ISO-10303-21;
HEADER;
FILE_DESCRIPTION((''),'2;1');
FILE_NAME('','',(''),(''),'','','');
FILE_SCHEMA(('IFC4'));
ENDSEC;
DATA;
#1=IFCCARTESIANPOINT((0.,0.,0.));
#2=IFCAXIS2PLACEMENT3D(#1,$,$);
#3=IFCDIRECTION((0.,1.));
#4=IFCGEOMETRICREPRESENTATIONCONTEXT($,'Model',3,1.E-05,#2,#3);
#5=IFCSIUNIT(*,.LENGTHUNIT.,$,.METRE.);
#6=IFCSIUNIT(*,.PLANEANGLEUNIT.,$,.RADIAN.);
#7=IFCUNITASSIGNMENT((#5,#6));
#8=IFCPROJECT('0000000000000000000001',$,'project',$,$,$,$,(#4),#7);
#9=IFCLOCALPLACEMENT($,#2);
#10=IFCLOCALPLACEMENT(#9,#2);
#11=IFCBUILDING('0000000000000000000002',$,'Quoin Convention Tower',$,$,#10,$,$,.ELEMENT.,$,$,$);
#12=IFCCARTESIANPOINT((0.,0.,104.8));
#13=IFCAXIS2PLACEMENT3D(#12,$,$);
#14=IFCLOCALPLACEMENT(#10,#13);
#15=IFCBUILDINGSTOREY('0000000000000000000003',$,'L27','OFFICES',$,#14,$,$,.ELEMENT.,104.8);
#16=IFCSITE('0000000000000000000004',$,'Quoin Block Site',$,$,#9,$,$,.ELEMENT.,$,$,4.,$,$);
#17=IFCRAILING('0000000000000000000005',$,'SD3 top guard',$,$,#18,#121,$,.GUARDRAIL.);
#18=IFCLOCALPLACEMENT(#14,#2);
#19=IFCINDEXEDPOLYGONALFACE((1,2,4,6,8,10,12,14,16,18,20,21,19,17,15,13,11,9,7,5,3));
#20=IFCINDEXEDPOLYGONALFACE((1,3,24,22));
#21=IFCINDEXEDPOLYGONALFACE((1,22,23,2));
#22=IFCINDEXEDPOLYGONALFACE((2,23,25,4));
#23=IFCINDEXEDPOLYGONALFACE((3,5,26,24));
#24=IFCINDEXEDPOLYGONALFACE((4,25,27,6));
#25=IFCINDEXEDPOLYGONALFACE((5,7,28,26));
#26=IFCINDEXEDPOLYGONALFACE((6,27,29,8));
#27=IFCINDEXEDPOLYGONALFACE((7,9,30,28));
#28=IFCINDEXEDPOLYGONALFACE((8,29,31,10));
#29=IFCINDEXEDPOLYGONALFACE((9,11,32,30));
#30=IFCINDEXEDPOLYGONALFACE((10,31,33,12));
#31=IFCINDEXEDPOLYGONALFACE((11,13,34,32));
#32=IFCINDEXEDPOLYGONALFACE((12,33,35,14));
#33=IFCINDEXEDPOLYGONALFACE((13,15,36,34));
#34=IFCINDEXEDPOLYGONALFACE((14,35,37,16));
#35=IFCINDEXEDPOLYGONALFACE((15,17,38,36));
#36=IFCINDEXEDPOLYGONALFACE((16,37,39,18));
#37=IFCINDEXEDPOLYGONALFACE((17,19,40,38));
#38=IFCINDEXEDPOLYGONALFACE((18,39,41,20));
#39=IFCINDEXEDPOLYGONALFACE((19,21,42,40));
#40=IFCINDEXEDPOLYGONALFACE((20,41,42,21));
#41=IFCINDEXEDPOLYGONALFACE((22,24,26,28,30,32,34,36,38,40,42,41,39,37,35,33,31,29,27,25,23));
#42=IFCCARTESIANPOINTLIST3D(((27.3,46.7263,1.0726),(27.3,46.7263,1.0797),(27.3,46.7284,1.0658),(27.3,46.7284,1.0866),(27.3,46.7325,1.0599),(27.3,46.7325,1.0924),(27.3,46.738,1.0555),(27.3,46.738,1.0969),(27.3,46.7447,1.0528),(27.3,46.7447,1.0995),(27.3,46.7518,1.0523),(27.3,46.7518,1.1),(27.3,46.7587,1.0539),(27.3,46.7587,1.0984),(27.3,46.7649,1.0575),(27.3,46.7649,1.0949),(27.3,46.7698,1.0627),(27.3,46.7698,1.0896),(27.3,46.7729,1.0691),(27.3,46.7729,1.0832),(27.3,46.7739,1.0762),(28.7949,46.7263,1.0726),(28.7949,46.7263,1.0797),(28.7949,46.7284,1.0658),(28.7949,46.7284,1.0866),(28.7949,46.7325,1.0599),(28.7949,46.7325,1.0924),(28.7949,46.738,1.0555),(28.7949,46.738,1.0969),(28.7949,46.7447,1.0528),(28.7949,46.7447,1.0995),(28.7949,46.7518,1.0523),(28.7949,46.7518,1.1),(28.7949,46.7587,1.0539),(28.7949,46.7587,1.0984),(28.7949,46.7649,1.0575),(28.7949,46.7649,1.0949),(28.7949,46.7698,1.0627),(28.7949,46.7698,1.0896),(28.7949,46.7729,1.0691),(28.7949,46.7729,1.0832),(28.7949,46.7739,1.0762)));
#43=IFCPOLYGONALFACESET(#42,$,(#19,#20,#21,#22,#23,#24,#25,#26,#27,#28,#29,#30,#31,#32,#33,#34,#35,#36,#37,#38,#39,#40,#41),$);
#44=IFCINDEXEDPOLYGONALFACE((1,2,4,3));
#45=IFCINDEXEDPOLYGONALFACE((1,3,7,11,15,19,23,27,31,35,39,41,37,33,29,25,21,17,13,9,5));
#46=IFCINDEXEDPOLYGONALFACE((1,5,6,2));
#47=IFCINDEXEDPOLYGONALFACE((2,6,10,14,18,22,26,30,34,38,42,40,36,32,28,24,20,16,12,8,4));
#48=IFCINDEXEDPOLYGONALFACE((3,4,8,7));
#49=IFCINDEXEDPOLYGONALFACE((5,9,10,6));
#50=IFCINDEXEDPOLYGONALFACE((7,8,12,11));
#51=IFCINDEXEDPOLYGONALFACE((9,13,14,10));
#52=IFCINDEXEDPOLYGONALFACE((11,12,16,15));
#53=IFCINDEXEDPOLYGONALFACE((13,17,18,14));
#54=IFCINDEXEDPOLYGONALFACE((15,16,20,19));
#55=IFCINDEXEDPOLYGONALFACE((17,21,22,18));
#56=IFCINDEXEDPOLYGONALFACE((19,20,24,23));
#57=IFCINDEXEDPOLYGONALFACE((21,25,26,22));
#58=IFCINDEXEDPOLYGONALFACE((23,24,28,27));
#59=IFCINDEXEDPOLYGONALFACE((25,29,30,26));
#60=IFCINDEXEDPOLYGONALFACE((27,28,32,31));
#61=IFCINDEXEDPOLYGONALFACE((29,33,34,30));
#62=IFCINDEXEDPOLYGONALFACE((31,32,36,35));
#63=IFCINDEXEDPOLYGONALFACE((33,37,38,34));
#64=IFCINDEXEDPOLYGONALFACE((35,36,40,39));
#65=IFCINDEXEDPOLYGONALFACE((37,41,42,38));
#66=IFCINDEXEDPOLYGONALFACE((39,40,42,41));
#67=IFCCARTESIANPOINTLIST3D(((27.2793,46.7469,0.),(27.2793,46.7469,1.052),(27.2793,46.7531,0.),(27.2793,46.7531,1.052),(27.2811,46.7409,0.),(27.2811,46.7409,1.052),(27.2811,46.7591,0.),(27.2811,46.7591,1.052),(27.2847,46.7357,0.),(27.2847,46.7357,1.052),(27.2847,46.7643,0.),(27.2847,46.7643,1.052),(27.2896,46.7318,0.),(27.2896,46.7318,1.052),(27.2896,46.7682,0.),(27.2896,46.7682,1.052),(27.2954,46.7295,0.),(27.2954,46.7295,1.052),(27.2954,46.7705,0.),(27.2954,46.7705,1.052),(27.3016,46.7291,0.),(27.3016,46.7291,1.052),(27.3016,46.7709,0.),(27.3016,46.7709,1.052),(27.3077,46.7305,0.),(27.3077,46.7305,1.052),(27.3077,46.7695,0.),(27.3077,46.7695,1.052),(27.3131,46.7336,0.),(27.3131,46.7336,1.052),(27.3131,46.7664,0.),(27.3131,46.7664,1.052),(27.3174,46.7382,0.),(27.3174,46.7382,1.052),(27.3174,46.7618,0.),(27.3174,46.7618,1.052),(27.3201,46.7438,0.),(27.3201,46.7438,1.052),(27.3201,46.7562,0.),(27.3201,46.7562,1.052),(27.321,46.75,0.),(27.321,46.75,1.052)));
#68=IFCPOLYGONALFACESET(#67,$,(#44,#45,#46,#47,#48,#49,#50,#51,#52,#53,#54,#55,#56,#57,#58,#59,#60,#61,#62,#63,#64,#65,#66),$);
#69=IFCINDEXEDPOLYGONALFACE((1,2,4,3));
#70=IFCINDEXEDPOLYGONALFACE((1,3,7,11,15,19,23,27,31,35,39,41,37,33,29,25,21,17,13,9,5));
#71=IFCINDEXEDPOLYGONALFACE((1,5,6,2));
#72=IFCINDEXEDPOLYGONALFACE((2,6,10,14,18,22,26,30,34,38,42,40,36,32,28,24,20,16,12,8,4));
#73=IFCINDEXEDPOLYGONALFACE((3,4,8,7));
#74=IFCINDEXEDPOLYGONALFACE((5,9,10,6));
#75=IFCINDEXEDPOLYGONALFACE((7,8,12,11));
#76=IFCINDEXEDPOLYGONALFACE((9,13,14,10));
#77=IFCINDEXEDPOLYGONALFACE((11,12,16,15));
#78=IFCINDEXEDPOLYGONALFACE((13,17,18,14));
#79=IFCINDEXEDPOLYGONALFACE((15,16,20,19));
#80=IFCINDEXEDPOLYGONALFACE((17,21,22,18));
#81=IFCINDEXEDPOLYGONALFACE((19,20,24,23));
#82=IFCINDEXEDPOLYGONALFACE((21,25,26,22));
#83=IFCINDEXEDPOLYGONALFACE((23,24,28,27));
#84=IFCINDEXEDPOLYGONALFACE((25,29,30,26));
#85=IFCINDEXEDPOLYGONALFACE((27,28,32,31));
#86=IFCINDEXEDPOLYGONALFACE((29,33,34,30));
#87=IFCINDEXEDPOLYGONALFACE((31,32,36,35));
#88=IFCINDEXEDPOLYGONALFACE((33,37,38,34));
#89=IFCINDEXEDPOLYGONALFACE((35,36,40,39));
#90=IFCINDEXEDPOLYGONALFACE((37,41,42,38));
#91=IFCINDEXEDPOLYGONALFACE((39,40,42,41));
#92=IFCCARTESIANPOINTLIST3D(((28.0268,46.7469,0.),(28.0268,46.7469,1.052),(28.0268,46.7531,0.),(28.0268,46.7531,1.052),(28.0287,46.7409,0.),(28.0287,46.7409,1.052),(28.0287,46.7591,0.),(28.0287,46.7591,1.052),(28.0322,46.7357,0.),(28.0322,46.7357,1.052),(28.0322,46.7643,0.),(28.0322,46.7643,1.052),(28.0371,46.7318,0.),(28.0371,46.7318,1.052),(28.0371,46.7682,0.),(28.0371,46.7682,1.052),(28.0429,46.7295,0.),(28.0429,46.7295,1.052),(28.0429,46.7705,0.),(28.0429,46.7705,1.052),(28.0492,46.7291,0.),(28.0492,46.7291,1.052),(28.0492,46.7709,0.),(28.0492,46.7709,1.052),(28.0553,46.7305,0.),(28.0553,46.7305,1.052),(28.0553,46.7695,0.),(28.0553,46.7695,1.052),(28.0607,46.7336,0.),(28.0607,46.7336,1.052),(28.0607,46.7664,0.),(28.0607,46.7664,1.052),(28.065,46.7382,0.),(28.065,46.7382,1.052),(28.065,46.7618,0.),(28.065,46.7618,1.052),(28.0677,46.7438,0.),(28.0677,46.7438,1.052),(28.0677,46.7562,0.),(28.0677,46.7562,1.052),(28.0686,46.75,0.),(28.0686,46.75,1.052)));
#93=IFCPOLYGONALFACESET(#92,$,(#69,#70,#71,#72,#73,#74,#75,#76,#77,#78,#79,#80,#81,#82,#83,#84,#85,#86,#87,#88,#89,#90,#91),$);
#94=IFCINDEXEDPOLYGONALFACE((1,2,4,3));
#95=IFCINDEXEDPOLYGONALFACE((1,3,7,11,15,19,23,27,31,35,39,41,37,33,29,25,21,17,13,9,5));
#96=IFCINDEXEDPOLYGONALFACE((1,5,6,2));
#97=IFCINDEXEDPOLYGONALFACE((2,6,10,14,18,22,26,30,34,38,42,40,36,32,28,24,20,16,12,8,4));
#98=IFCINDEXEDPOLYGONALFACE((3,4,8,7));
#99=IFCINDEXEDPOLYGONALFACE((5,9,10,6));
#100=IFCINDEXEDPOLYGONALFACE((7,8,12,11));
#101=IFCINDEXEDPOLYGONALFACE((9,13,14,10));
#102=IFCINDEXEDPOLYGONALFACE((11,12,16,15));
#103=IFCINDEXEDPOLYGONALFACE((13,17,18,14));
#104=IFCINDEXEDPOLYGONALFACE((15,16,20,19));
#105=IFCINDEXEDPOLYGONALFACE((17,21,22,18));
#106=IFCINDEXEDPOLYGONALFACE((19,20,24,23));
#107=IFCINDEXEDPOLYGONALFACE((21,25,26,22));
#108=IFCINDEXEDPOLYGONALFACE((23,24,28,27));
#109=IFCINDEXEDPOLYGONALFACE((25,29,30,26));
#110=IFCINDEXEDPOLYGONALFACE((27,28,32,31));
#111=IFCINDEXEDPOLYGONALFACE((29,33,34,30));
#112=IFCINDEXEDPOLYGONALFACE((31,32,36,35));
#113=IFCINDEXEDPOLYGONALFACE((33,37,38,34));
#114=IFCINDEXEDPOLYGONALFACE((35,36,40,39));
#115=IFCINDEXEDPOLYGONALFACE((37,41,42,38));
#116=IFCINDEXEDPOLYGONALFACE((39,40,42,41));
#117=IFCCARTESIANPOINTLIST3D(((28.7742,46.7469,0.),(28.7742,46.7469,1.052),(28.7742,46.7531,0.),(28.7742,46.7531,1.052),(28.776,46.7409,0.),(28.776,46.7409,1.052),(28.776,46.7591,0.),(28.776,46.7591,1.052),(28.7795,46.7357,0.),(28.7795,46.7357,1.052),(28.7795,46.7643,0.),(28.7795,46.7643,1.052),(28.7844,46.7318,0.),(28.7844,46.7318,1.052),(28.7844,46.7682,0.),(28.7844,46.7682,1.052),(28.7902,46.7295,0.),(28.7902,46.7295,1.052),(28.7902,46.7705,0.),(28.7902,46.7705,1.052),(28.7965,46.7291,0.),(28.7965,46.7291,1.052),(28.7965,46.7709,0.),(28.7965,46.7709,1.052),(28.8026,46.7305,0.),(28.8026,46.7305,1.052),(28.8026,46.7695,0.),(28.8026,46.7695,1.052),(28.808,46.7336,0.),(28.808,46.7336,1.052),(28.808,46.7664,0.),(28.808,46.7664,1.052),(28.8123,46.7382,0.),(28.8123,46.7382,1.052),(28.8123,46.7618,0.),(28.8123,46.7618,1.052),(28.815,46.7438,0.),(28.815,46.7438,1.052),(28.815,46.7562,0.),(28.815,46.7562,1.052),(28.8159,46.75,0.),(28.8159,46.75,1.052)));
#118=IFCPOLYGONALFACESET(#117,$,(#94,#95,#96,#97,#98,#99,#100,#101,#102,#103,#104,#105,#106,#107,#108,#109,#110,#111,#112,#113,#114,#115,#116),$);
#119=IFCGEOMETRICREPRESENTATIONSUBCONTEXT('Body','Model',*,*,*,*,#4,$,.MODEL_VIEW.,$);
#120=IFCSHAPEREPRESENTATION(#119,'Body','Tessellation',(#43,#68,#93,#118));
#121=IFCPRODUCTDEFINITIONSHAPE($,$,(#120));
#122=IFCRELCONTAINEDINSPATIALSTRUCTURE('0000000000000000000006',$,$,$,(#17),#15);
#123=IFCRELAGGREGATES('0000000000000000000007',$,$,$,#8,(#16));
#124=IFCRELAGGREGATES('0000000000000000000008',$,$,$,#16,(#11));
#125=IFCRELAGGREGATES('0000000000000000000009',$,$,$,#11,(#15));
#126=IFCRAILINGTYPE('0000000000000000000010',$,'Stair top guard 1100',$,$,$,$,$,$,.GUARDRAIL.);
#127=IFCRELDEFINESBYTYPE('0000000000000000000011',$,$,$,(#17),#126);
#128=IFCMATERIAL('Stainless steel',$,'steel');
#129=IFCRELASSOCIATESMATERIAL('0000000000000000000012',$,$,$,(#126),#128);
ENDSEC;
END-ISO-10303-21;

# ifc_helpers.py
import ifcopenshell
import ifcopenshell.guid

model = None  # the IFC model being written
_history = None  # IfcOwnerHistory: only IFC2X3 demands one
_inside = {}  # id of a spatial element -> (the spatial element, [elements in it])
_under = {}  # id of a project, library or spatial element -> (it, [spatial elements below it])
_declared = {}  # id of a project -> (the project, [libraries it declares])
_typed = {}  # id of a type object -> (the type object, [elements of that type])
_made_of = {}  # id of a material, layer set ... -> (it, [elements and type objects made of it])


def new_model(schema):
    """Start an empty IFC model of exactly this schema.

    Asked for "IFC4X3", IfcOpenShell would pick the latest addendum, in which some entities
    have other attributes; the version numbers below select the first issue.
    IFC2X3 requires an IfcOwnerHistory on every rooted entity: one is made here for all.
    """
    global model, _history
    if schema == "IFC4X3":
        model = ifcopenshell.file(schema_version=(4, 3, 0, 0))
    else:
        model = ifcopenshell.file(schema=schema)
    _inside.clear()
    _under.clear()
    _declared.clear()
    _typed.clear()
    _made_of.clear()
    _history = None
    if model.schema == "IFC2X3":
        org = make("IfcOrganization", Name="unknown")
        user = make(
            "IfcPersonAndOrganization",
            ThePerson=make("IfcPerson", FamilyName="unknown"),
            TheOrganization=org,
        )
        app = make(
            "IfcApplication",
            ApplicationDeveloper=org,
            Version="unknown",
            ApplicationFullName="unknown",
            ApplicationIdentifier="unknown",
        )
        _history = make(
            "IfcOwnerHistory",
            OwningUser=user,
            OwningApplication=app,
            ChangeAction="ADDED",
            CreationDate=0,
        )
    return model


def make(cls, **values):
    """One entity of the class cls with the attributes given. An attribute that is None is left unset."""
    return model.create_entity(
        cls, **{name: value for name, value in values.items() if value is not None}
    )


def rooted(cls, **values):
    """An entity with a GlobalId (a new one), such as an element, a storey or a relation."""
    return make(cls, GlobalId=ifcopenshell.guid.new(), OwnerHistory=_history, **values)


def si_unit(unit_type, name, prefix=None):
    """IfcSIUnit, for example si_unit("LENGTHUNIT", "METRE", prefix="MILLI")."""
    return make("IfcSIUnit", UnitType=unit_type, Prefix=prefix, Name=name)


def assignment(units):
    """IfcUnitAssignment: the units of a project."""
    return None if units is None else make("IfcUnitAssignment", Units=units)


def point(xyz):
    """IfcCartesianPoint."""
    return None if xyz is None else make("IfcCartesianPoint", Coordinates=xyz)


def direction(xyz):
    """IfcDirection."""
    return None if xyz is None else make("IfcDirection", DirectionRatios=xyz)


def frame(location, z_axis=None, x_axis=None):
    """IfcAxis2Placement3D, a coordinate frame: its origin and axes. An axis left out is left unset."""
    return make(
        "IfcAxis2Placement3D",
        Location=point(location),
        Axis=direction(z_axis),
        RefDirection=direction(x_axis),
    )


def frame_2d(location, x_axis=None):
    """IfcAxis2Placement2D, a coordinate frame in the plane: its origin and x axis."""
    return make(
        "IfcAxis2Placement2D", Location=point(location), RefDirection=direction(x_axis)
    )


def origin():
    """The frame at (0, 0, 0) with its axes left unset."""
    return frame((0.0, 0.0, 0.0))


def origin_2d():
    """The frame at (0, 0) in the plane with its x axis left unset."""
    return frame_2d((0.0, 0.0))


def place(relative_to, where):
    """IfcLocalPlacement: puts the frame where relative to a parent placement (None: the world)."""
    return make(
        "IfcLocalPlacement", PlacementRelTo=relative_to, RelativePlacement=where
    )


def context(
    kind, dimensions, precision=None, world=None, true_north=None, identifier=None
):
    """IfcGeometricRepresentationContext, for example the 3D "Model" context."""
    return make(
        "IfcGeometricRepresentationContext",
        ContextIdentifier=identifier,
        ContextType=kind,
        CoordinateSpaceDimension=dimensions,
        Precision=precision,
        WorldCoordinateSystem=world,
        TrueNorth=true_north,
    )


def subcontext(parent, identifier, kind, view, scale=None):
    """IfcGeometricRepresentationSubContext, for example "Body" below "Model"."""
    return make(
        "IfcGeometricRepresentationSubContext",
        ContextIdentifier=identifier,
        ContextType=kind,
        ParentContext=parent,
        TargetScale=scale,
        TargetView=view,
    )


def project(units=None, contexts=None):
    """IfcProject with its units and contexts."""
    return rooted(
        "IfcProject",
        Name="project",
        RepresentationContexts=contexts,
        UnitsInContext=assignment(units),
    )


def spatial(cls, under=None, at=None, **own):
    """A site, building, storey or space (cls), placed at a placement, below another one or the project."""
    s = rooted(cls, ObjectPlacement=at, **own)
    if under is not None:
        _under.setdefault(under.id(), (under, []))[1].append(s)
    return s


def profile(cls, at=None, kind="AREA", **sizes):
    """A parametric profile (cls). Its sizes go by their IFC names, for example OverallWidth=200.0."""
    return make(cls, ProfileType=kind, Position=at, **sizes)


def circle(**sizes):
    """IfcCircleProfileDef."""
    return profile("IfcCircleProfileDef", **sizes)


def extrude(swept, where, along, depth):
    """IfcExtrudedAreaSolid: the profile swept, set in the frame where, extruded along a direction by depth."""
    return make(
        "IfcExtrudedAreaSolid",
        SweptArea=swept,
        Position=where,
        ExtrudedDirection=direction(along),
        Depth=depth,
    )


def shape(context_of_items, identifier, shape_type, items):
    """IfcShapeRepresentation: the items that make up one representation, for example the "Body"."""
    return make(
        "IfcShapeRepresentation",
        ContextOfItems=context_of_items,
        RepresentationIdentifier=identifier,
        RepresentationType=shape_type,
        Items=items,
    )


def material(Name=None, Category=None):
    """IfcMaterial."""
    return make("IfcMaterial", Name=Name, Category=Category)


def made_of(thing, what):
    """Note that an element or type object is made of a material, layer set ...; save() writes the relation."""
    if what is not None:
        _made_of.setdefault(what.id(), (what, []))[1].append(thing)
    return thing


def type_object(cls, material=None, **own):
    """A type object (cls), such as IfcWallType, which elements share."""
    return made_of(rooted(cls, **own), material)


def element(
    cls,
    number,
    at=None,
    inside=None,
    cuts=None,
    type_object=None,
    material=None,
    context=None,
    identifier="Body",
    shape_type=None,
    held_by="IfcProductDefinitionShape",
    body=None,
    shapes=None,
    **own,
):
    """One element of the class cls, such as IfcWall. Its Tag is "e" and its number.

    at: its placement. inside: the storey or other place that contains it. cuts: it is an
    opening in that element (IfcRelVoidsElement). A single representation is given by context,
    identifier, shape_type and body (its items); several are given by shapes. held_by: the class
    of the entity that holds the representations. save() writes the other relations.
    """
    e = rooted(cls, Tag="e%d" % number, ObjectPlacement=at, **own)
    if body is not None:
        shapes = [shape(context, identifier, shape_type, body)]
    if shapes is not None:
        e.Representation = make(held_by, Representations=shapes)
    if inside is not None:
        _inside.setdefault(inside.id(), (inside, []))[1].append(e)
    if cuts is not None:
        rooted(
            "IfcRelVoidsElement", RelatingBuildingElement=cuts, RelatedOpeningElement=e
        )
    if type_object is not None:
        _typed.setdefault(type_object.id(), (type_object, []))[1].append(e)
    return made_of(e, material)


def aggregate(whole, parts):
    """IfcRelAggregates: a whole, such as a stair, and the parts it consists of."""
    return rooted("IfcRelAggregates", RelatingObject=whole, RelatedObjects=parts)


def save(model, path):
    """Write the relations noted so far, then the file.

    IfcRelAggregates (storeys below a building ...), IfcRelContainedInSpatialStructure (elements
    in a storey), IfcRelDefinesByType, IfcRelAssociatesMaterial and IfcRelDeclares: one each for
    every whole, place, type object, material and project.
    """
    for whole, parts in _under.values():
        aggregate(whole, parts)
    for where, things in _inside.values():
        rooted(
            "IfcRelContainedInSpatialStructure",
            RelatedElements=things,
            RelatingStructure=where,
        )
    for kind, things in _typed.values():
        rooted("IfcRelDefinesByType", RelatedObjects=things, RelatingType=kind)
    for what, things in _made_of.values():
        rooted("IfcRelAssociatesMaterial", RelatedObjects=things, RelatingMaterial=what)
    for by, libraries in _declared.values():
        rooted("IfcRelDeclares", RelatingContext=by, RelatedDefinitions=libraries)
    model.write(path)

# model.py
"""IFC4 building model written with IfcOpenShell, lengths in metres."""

from ifc_helpers import new_model, si_unit, direction, frame, origin, origin_2d, place, context, subcontext, project, spatial, circle, extrude, material, type_object, element, save


model = new_model("IFC4")

# Units and contexts
model_context = context("Model", 3, precision=1e-05, world=origin(), true_north=direction((0.0, 1.0)))
body_context = subcontext(model_context, "Body", "Model", "MODEL_VIEW")
ifc_project = project(units=[si_unit("LENGTHUNIT", "METRE"), si_unit("PLANEANGLEUNIT", "RADIAN")], contexts=[model_context])

# Site, building, storey
site_placement = place(None, origin())
site = spatial("IfcSite", under=ifc_project, at=site_placement, Name="Quoin Block Site", CompositionType="ELEMENT", RefElevation=4.0)
building_placement = place(site_placement, origin())
building = spatial("IfcBuilding", under=site, at=building_placement, Name="Quoin Convention Tower", CompositionType="ELEMENT")
storey_placement = place(building_placement, frame((0.0, 0.0, 104.8)))
storey = spatial("IfcBuildingStorey", under=building, at=storey_placement, Name="L27", Description="OFFICES", CompositionType="ELEMENT", Elevation=104.8)

# Railing
ifc_material_1 = material(Name="Stainless steel", Category="steel")
railing_type_1 = type_object("IfcRailingType", Name="Stair top guard 1100", PredefinedType="GUARDRAIL", material=ifc_material_1)
railing_1_placement = place(storey_placement, frame((27.3, 46.75, 0.0)))
element("IfcRailing", 1, at=railing_1_placement, inside=storey, type_object=railing_type_1, Name="SD3 top guard", PredefinedType="GUARDRAIL", context=body_context, shape_type="SweptSolid", body=[
    extrude(circle(Radius=0.0239, at=origin_2d()), frame((0.0, 0.0, 1.0762), z_axis=(1.0, 0.0, 0.0), x_axis=(0.0, 1.0, 0.0)), (0.0, 0.0, 1.0), 1.4949),
    extrude(circle(Radius=0.021, at=origin_2d()), origin(), (0.0, 0.0, 1.0), 1.052),
    extrude(circle(Radius=0.021, at=origin_2d()), frame((0.7476, 0.0, 0.0)), (0.0, 0.0, 1.0), 1.052),
    extrude(circle(Radius=0.021, at=origin_2d()), frame((1.4949, 0.0, 0.0)), (0.0, 0.0, 1.0), 1.052),
])

save(model, "model.ifc")
